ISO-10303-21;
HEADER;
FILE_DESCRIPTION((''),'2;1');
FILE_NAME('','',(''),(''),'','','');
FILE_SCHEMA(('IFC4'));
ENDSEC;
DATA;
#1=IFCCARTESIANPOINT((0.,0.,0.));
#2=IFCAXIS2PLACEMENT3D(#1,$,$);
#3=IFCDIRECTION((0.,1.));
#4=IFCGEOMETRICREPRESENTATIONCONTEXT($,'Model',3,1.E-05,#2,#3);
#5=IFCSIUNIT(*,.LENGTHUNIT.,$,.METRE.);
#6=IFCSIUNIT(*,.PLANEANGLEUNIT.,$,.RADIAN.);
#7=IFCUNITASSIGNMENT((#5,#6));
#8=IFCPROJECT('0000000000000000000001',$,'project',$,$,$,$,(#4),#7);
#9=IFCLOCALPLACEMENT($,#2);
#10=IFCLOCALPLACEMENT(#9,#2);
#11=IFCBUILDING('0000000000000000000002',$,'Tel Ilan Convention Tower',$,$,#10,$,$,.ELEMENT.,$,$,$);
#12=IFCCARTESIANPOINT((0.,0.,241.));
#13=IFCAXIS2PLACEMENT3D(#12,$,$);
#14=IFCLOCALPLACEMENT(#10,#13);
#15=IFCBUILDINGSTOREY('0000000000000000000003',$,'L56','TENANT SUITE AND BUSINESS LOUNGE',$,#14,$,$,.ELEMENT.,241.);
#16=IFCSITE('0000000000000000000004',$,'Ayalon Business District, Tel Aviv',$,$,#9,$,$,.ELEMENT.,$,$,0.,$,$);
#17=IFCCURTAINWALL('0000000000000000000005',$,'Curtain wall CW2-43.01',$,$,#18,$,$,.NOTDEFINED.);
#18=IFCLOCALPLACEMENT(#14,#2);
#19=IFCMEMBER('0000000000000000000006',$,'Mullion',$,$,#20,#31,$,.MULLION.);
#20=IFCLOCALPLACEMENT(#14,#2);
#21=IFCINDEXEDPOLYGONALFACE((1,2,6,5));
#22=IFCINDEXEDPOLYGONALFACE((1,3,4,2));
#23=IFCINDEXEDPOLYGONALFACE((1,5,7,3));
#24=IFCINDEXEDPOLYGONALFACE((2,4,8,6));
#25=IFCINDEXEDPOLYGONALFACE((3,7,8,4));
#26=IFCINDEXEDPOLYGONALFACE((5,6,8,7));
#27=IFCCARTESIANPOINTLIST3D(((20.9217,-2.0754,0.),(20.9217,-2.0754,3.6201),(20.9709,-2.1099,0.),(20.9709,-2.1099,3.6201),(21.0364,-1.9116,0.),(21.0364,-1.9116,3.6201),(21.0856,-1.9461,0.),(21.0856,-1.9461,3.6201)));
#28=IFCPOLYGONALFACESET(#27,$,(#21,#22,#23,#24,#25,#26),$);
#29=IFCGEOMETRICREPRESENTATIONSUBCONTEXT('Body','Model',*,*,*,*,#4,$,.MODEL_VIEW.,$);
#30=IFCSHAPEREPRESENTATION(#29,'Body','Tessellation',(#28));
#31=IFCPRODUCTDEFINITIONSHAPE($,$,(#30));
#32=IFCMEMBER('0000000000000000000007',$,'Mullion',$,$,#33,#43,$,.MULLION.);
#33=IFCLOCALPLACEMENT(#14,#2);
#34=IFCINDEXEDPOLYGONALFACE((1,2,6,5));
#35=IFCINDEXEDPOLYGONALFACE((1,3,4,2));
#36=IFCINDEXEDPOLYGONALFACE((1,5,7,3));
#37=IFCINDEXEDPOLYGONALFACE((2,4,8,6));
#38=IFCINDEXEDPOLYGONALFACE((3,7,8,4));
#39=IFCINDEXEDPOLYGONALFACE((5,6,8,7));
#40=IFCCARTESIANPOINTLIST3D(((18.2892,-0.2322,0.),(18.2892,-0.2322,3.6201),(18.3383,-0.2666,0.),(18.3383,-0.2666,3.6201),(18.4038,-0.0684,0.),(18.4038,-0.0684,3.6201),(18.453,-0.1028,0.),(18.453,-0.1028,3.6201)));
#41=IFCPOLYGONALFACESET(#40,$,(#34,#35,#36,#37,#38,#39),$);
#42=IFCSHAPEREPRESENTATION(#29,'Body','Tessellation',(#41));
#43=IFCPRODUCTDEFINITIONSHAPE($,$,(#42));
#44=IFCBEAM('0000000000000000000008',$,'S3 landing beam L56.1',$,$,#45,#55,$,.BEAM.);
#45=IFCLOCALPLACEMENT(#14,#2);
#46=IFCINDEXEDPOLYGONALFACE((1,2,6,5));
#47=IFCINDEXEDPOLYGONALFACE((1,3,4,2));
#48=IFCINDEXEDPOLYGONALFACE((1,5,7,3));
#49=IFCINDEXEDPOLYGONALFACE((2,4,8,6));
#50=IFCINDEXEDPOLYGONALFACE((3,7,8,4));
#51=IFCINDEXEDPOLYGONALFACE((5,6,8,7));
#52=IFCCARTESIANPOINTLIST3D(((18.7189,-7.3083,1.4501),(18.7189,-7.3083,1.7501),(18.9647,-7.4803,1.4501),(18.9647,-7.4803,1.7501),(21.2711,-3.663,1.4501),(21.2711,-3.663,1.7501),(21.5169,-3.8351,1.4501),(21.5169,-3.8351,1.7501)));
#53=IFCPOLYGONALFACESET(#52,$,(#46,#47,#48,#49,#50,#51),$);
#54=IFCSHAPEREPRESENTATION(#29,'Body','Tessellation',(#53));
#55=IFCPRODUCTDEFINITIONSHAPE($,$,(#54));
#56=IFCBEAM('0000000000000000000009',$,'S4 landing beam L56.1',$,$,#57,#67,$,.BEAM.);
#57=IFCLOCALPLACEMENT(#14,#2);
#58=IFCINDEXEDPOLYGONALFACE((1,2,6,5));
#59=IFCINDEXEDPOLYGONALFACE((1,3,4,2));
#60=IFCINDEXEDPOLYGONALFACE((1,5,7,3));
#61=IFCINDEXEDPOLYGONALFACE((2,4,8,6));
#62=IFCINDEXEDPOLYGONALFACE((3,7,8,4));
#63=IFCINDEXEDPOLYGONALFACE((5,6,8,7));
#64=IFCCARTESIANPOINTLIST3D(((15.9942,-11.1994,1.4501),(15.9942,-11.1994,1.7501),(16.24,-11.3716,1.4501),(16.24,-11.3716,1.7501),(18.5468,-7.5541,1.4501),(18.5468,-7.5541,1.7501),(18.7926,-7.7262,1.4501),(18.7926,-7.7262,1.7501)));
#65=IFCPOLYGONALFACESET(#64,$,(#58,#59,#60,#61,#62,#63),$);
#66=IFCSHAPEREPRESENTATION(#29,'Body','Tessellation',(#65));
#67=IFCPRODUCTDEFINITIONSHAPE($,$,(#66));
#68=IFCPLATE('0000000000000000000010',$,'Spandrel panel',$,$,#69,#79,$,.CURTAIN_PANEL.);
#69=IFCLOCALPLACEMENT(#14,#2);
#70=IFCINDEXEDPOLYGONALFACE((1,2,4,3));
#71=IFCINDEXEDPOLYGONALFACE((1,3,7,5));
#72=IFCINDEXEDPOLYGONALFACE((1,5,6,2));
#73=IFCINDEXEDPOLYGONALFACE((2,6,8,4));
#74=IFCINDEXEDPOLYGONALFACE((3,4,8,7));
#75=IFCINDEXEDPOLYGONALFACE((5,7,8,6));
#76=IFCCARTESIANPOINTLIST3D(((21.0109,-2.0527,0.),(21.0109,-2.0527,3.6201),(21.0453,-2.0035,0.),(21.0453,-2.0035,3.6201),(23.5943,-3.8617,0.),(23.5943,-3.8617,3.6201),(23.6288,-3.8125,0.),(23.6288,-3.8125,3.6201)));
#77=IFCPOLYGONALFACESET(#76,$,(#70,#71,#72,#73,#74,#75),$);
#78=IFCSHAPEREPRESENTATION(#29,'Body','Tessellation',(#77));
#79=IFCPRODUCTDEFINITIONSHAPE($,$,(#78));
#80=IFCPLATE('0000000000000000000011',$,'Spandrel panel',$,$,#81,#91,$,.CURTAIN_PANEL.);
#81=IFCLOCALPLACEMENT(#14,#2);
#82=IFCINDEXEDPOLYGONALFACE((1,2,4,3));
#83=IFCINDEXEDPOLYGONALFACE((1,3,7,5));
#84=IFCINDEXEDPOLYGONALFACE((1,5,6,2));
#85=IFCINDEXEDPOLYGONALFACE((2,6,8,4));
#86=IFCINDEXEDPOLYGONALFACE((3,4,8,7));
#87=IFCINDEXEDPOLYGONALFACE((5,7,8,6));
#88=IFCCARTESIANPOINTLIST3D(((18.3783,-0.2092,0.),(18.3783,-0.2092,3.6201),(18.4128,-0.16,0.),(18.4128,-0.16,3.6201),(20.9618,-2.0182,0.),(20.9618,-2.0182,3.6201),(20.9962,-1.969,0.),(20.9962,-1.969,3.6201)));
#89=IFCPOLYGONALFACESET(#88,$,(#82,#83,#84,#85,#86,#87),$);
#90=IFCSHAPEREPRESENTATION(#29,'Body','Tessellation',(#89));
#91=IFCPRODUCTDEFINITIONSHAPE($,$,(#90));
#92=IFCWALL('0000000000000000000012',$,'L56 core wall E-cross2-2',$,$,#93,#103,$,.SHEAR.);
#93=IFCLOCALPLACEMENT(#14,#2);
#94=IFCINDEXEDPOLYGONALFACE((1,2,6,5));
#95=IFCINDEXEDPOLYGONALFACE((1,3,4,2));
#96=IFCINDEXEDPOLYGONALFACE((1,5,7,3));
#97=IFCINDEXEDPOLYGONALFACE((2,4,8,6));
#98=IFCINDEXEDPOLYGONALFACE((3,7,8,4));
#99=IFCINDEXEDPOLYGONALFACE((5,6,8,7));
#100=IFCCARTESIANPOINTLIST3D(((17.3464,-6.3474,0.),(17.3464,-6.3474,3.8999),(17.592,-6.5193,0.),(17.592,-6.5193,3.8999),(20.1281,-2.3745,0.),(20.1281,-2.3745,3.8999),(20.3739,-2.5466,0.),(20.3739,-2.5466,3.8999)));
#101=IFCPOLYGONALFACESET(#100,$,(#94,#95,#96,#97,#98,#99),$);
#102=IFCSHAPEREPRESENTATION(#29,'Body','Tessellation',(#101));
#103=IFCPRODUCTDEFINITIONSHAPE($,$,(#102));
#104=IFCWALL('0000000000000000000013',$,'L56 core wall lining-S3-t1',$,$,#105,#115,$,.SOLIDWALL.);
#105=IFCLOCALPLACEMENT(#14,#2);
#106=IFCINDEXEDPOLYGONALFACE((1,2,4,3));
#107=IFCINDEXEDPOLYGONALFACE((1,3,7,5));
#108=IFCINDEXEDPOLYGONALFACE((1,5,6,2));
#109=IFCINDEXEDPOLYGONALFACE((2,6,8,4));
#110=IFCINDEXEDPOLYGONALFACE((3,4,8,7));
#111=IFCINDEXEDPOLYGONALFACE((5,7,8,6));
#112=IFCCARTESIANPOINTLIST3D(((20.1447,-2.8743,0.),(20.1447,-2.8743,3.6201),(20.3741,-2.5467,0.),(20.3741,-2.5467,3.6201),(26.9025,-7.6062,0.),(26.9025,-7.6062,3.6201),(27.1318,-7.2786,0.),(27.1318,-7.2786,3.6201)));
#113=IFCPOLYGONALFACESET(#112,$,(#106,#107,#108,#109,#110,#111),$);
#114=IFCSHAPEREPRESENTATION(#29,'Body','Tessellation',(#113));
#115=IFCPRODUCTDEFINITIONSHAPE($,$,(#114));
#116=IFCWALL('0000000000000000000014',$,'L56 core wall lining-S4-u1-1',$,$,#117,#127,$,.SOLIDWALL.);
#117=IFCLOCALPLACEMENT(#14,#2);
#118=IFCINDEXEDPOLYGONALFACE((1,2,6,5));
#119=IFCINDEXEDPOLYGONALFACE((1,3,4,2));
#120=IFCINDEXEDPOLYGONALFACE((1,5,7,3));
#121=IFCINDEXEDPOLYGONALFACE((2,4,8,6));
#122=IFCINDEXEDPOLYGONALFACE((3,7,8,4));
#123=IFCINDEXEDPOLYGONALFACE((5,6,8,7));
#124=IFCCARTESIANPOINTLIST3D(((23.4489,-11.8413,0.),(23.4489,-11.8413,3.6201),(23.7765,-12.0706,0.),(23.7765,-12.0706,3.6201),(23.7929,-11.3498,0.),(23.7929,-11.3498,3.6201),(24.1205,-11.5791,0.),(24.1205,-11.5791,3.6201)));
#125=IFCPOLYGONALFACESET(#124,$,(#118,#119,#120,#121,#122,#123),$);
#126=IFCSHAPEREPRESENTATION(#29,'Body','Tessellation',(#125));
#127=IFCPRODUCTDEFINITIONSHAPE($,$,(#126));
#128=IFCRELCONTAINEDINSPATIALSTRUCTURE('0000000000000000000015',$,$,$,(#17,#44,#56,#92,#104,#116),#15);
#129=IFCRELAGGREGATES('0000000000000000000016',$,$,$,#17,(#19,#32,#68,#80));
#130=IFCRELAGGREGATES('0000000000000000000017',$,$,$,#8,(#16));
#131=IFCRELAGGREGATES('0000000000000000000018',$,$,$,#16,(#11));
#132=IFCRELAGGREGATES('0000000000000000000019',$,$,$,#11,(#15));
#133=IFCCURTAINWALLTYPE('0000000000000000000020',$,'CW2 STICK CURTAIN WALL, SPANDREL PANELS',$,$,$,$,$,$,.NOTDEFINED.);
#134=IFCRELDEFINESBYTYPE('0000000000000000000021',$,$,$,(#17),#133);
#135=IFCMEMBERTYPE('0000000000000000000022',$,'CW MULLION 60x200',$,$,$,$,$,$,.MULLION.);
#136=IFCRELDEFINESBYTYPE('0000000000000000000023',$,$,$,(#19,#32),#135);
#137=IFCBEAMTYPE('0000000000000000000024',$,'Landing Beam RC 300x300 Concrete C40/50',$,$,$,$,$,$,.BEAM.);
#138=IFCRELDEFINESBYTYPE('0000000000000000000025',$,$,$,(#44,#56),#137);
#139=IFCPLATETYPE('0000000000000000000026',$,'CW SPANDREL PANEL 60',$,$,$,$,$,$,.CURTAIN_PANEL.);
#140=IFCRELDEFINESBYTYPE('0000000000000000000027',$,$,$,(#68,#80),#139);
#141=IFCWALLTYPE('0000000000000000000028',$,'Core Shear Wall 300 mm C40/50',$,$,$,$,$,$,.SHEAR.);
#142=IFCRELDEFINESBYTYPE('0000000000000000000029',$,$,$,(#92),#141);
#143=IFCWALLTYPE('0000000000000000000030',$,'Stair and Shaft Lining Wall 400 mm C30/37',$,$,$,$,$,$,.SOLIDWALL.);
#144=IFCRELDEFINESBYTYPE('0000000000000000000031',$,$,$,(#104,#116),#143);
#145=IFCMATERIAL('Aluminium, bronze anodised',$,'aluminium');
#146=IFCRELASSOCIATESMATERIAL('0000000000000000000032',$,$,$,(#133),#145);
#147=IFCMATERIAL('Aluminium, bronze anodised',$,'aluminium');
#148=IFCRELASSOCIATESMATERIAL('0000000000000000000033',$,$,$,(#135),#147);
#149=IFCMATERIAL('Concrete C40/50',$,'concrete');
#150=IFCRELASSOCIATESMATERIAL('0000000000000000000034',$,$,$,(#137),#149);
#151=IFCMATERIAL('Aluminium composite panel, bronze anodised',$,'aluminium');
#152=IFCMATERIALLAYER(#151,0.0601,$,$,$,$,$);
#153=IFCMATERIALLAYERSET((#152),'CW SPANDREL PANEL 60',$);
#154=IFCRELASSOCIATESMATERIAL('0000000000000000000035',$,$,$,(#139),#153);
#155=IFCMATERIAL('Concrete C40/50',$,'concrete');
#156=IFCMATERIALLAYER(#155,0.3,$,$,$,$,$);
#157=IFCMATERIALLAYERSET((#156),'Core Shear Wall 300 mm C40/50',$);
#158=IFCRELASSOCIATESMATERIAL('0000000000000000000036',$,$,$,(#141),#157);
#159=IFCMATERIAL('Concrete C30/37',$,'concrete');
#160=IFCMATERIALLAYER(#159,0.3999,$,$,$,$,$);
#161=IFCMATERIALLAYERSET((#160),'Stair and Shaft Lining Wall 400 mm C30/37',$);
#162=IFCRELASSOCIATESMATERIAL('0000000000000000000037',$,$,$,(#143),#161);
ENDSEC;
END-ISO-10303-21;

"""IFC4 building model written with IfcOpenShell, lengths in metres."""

from ifc_helpers import new_model, si_unit, direction, frame, frame_2d, origin, origin_2d, place, context, subcontext, project, spatial, polyline, rectangle, outline, extrude, material, layer, layer_set, material_profile, profile_set, type_object, element, aggregate, save


model = new_model("IFC4")

# Units and contexts
model_context = context("Model", 3, precision=1e-05, world=origin(), true_north=direction((0.0, 1.0)))
body_context = subcontext(model_context, "Body", "Model", "MODEL_VIEW")
ifc_project = project(units=[si_unit("LENGTHUNIT", "METRE"), si_unit("PLANEANGLEUNIT", "RADIAN")], contexts=[model_context])

# Site, building, storey
site_placement = place(None, origin())
site = spatial("IfcSite", under=ifc_project, at=site_placement, Name="Ayalon Business District, Tel Aviv", CompositionType="ELEMENT", RefElevation=0.0)
building_placement = place(site_placement, origin())
building = spatial("IfcBuilding", under=site, at=building_placement, Name="Tel Ilan Convention Tower", CompositionType="ELEMENT")
storey_placement = place(building_placement, frame((0.0, 0.0, 241.0)))
storey = spatial("IfcBuildingStorey", under=building, at=storey_placement, Name="L56", Description="TENANT SUITE AND BUSINESS LOUNGE", CompositionType="ELEMENT", Elevation=241.0)

# Curtain wall, members
ifc_material_1 = material(Name="Aluminium, bronze anodised", Category="aluminium")
curtain_wall_type = type_object("IfcCurtainWallType", Name="CW2 STICK CURTAIN WALL, SPANDREL PANELS", PredefinedType="NOTDEFINED", material=ifc_material_1)
curtain_wall_placement = place(storey_placement, origin())
curtain_wall = element("IfcCurtainWall", 1, at=curtain_wall_placement, inside=storey, type_object=curtain_wall_type, Name="Curtain wall CW2-43.01", PredefinedType="NOTDEFINED")
ifc_material_2 = material(Name="Aluminium, bronze anodised", Category="aluminium")
ifc_material_profile_1 = material_profile(ifc_material_2, rectangle(XDim=0.0601, YDim=0.2, at=origin_2d()), Name="CW MULLION 60x200")
ifc_profile_set_1 = profile_set([ifc_material_profile_1], Name="Aluminium, bronze anodised")
member_type = type_object("IfcMemberType", Name="CW MULLION 60x200", PredefinedType="MULLION", material=ifc_profile_set_1)
member_1_placement = place(storey_placement, frame((21.0037, -2.0107, 0.0), z_axis=(0.0, 0.0, 1.0), x_axis=(-0.819152, 0.573576, 0.0)))
member_1 = element("IfcMember", 2, at=member_1_placement, type_object=member_type, Name="Mullion", PredefinedType="MULLION", context=body_context, shape_type="SweptSolid", body=[
    extrude(rectangle(XDim=0.0601, YDim=0.2, at=origin_2d()), origin(), (0.0, 0.0, 1.0), 3.6201),
])
member_2_placement = place(storey_placement, frame((18.3711, -0.1675, 0.0), z_axis=(0.0, 0.0, 1.0), x_axis=(-0.819152, 0.573576, 0.0)))
member_2 = element("IfcMember", 3, at=member_2_placement, type_object=member_type, Name="Mullion", PredefinedType="MULLION", context=body_context, shape_type="SweptSolid", body=[
    extrude(rectangle(XDim=0.0601, YDim=0.2, at=origin_2d()), origin(), (0.0, 0.0, 1.0), 3.6201),
])

# Beams
ifc_material_3 = material(Name="Concrete C40/50", Category="concrete")
ifc_material_profile_2 = material_profile(ifc_material_3, rectangle(XDim=0.3, YDim=0.3, at=origin_2d()), Name="RC 300x300")
ifc_profile_set_2 = profile_set([ifc_material_profile_2], Name="Concrete C40/50")
beam_type = type_object("IfcBeamType", Name="Landing Beam RC 300x300 Concrete C40/50", PredefinedType="BEAM", material=ifc_profile_set_2)
beam_1_placement = place(storey_placement, frame((21.394, -3.749, 1.6001), z_axis=(-0.573547, -0.819173, 0.0), x_axis=(0.819173, -0.573547, 0.0)))
element("IfcBeam", 4, at=beam_1_placement, inside=storey, type_object=beam_type, Name="S3 landing beam L56.1", PredefinedType="BEAM", context=body_context, shape_type="SweptSolid", body=[
    extrude(rectangle(XDim=0.3, YDim=0.3, at=origin_2d()), origin(), (0.0, 0.0, 1.0), 4.45),
])
beam_2_placement = place(storey_placement, frame((18.6697, -7.6401, 1.6001), z_axis=(-0.573584, -0.819147, 0.0), x_axis=(0.819147, -0.573584, 0.0)))
element("IfcBeam", 5, at=beam_2_placement, inside=storey, type_object=beam_type, Name="S4 landing beam L56.1", PredefinedType="BEAM", context=body_context, shape_type="SweptSolid", body=[
    extrude(rectangle(XDim=0.3, YDim=0.3, at=origin_2d()), origin(), (0.0, 0.0, 1.0), 4.4502),
])

# Plates
ifc_material_4 = material(Name="Aluminium composite panel, bronze anodised", Category="aluminium")
ifc_layer_1 = layer(ifc_material_4, 0.0601)
ifc_layer_set_1 = layer_set([ifc_layer_1], Name="CW SPANDREL PANEL 60")
plate_type = type_object("IfcPlateType", Name="CW SPANDREL PANEL 60", PredefinedType="CURTAIN_PANEL", material=ifc_layer_set_1)
plate_1_placement = place(storey_placement, frame((22.3198, -2.9326, 0.0), z_axis=(0.0, 0.0, 1.0), x_axis=(-0.819152, 0.573576, 0.0)))
plate_1 = element("IfcPlate", 6, at=plate_1_placement, type_object=plate_type, Name="Spandrel panel", PredefinedType="CURTAIN_PANEL", context=body_context, shape_type="SweptSolid", body=[
    extrude(rectangle(XDim=3.1538, YDim=0.0601, at=origin_2d()), origin(), (0.0, 0.0, 1.0), 3.6201),
])
plate_2_placement = place(storey_placement, frame((19.6873, -1.0891, 0.0), z_axis=(0.0, 0.0, 1.0), x_axis=(-0.819152, 0.573576, 0.0)))
plate_2 = element("IfcPlate", 7, at=plate_2_placement, type_object=plate_type, Name="Spandrel panel", PredefinedType="CURTAIN_PANEL", context=body_context, shape_type="SweptSolid", body=[
    extrude(rectangle(XDim=3.1538, YDim=0.0601, at=origin_2d()), origin(), (0.0, 0.0, 1.0), 3.6201),
])
aggregate(curtain_wall, [member_1, member_2, plate_1, plate_2])

# Walls
ifc_material_5 = material(Name="Concrete C40/50", Category="concrete")
ifc_layer_2 = layer(ifc_material_5, 0.3)
ifc_layer_set_2 = layer_set([ifc_layer_2], Name="Core Shear Wall 300 mm C40/50")
wall_type_1 = type_object("IfcWallType", Name="Core Shear Wall 300 mm C40/50", PredefinedType="SHEAR", material=ifc_layer_set_2)
wall_1_placement = place(storey_placement, frame((17.4692, -6.4333, 0.0), z_axis=(0.0, 0.0, 1.0), x_axis=(0.573594, 0.81914, 0.0)))
element("IfcWall", 8, at=wall_1_placement, inside=storey, type_object=wall_type_1, Name="L56 core wall E-cross2-2", PredefinedType="SHEAR", context=body_context, shape_type="SweptSolid", body=[
    extrude(outline(polyline([(4.8499, -0.1499), (4.8499, 0.1501), (0.0, 0.1499), (0.0, -0.1499), (4.8499, -0.1499)])), origin(), (0.0, 0.0, 1.0), 3.8999),
])
ifc_material_6 = material(Name="Concrete C30/37", Category="concrete")
ifc_layer_3 = layer(ifc_material_6, 0.3999)
ifc_layer_set_3 = layer_set([ifc_layer_3], Name="Stair and Shaft Lining Wall 400 mm C30/37")
wall_type_2 = type_object("IfcWallType", Name="Stair and Shaft Lining Wall 400 mm C30/37", PredefinedType="SOLIDWALL", material=ifc_layer_set_3)
wall_2_placement = place(storey_placement, frame((20.2593, -2.7104, 0.0), z_axis=(0.0, 0.0, 1.0), x_axis=(0.819148, -0.573582, 0.0)))
element("IfcWall", 9, at=wall_2_placement, inside=storey, type_object=wall_type_2, Name="L56 core wall lining-S3-t1", PredefinedType="SOLIDWALL", context=body_context, shape_type="SweptSolid", body=[
    extrude(rectangle(XDim=8.2498, YDim=0.3999, at=frame_2d((4.125, 0.0))), origin(), (0.0, 0.0, 1.0), 3.6201),
])
wall_3_placement = place(storey_placement, frame((23.6128, -11.9558, 0.0), z_axis=(0.0, 0.0, 1.0), x_axis=(0.573435, 0.819251, 0.0)))
element("IfcWall", 10, at=wall_3_placement, inside=storey, type_object=wall_type_2, Name="L56 core wall lining-S4-u1-1", PredefinedType="SOLIDWALL", context=body_context, shape_type="SweptSolid", body=[
    extrude(rectangle(XDim=0.5999, YDim=0.3999, at=frame_2d((0.2998, 0.0))), origin(), (0.0, 0.0, 1.0), 3.6201),
])

save(model, "model.ifc")
